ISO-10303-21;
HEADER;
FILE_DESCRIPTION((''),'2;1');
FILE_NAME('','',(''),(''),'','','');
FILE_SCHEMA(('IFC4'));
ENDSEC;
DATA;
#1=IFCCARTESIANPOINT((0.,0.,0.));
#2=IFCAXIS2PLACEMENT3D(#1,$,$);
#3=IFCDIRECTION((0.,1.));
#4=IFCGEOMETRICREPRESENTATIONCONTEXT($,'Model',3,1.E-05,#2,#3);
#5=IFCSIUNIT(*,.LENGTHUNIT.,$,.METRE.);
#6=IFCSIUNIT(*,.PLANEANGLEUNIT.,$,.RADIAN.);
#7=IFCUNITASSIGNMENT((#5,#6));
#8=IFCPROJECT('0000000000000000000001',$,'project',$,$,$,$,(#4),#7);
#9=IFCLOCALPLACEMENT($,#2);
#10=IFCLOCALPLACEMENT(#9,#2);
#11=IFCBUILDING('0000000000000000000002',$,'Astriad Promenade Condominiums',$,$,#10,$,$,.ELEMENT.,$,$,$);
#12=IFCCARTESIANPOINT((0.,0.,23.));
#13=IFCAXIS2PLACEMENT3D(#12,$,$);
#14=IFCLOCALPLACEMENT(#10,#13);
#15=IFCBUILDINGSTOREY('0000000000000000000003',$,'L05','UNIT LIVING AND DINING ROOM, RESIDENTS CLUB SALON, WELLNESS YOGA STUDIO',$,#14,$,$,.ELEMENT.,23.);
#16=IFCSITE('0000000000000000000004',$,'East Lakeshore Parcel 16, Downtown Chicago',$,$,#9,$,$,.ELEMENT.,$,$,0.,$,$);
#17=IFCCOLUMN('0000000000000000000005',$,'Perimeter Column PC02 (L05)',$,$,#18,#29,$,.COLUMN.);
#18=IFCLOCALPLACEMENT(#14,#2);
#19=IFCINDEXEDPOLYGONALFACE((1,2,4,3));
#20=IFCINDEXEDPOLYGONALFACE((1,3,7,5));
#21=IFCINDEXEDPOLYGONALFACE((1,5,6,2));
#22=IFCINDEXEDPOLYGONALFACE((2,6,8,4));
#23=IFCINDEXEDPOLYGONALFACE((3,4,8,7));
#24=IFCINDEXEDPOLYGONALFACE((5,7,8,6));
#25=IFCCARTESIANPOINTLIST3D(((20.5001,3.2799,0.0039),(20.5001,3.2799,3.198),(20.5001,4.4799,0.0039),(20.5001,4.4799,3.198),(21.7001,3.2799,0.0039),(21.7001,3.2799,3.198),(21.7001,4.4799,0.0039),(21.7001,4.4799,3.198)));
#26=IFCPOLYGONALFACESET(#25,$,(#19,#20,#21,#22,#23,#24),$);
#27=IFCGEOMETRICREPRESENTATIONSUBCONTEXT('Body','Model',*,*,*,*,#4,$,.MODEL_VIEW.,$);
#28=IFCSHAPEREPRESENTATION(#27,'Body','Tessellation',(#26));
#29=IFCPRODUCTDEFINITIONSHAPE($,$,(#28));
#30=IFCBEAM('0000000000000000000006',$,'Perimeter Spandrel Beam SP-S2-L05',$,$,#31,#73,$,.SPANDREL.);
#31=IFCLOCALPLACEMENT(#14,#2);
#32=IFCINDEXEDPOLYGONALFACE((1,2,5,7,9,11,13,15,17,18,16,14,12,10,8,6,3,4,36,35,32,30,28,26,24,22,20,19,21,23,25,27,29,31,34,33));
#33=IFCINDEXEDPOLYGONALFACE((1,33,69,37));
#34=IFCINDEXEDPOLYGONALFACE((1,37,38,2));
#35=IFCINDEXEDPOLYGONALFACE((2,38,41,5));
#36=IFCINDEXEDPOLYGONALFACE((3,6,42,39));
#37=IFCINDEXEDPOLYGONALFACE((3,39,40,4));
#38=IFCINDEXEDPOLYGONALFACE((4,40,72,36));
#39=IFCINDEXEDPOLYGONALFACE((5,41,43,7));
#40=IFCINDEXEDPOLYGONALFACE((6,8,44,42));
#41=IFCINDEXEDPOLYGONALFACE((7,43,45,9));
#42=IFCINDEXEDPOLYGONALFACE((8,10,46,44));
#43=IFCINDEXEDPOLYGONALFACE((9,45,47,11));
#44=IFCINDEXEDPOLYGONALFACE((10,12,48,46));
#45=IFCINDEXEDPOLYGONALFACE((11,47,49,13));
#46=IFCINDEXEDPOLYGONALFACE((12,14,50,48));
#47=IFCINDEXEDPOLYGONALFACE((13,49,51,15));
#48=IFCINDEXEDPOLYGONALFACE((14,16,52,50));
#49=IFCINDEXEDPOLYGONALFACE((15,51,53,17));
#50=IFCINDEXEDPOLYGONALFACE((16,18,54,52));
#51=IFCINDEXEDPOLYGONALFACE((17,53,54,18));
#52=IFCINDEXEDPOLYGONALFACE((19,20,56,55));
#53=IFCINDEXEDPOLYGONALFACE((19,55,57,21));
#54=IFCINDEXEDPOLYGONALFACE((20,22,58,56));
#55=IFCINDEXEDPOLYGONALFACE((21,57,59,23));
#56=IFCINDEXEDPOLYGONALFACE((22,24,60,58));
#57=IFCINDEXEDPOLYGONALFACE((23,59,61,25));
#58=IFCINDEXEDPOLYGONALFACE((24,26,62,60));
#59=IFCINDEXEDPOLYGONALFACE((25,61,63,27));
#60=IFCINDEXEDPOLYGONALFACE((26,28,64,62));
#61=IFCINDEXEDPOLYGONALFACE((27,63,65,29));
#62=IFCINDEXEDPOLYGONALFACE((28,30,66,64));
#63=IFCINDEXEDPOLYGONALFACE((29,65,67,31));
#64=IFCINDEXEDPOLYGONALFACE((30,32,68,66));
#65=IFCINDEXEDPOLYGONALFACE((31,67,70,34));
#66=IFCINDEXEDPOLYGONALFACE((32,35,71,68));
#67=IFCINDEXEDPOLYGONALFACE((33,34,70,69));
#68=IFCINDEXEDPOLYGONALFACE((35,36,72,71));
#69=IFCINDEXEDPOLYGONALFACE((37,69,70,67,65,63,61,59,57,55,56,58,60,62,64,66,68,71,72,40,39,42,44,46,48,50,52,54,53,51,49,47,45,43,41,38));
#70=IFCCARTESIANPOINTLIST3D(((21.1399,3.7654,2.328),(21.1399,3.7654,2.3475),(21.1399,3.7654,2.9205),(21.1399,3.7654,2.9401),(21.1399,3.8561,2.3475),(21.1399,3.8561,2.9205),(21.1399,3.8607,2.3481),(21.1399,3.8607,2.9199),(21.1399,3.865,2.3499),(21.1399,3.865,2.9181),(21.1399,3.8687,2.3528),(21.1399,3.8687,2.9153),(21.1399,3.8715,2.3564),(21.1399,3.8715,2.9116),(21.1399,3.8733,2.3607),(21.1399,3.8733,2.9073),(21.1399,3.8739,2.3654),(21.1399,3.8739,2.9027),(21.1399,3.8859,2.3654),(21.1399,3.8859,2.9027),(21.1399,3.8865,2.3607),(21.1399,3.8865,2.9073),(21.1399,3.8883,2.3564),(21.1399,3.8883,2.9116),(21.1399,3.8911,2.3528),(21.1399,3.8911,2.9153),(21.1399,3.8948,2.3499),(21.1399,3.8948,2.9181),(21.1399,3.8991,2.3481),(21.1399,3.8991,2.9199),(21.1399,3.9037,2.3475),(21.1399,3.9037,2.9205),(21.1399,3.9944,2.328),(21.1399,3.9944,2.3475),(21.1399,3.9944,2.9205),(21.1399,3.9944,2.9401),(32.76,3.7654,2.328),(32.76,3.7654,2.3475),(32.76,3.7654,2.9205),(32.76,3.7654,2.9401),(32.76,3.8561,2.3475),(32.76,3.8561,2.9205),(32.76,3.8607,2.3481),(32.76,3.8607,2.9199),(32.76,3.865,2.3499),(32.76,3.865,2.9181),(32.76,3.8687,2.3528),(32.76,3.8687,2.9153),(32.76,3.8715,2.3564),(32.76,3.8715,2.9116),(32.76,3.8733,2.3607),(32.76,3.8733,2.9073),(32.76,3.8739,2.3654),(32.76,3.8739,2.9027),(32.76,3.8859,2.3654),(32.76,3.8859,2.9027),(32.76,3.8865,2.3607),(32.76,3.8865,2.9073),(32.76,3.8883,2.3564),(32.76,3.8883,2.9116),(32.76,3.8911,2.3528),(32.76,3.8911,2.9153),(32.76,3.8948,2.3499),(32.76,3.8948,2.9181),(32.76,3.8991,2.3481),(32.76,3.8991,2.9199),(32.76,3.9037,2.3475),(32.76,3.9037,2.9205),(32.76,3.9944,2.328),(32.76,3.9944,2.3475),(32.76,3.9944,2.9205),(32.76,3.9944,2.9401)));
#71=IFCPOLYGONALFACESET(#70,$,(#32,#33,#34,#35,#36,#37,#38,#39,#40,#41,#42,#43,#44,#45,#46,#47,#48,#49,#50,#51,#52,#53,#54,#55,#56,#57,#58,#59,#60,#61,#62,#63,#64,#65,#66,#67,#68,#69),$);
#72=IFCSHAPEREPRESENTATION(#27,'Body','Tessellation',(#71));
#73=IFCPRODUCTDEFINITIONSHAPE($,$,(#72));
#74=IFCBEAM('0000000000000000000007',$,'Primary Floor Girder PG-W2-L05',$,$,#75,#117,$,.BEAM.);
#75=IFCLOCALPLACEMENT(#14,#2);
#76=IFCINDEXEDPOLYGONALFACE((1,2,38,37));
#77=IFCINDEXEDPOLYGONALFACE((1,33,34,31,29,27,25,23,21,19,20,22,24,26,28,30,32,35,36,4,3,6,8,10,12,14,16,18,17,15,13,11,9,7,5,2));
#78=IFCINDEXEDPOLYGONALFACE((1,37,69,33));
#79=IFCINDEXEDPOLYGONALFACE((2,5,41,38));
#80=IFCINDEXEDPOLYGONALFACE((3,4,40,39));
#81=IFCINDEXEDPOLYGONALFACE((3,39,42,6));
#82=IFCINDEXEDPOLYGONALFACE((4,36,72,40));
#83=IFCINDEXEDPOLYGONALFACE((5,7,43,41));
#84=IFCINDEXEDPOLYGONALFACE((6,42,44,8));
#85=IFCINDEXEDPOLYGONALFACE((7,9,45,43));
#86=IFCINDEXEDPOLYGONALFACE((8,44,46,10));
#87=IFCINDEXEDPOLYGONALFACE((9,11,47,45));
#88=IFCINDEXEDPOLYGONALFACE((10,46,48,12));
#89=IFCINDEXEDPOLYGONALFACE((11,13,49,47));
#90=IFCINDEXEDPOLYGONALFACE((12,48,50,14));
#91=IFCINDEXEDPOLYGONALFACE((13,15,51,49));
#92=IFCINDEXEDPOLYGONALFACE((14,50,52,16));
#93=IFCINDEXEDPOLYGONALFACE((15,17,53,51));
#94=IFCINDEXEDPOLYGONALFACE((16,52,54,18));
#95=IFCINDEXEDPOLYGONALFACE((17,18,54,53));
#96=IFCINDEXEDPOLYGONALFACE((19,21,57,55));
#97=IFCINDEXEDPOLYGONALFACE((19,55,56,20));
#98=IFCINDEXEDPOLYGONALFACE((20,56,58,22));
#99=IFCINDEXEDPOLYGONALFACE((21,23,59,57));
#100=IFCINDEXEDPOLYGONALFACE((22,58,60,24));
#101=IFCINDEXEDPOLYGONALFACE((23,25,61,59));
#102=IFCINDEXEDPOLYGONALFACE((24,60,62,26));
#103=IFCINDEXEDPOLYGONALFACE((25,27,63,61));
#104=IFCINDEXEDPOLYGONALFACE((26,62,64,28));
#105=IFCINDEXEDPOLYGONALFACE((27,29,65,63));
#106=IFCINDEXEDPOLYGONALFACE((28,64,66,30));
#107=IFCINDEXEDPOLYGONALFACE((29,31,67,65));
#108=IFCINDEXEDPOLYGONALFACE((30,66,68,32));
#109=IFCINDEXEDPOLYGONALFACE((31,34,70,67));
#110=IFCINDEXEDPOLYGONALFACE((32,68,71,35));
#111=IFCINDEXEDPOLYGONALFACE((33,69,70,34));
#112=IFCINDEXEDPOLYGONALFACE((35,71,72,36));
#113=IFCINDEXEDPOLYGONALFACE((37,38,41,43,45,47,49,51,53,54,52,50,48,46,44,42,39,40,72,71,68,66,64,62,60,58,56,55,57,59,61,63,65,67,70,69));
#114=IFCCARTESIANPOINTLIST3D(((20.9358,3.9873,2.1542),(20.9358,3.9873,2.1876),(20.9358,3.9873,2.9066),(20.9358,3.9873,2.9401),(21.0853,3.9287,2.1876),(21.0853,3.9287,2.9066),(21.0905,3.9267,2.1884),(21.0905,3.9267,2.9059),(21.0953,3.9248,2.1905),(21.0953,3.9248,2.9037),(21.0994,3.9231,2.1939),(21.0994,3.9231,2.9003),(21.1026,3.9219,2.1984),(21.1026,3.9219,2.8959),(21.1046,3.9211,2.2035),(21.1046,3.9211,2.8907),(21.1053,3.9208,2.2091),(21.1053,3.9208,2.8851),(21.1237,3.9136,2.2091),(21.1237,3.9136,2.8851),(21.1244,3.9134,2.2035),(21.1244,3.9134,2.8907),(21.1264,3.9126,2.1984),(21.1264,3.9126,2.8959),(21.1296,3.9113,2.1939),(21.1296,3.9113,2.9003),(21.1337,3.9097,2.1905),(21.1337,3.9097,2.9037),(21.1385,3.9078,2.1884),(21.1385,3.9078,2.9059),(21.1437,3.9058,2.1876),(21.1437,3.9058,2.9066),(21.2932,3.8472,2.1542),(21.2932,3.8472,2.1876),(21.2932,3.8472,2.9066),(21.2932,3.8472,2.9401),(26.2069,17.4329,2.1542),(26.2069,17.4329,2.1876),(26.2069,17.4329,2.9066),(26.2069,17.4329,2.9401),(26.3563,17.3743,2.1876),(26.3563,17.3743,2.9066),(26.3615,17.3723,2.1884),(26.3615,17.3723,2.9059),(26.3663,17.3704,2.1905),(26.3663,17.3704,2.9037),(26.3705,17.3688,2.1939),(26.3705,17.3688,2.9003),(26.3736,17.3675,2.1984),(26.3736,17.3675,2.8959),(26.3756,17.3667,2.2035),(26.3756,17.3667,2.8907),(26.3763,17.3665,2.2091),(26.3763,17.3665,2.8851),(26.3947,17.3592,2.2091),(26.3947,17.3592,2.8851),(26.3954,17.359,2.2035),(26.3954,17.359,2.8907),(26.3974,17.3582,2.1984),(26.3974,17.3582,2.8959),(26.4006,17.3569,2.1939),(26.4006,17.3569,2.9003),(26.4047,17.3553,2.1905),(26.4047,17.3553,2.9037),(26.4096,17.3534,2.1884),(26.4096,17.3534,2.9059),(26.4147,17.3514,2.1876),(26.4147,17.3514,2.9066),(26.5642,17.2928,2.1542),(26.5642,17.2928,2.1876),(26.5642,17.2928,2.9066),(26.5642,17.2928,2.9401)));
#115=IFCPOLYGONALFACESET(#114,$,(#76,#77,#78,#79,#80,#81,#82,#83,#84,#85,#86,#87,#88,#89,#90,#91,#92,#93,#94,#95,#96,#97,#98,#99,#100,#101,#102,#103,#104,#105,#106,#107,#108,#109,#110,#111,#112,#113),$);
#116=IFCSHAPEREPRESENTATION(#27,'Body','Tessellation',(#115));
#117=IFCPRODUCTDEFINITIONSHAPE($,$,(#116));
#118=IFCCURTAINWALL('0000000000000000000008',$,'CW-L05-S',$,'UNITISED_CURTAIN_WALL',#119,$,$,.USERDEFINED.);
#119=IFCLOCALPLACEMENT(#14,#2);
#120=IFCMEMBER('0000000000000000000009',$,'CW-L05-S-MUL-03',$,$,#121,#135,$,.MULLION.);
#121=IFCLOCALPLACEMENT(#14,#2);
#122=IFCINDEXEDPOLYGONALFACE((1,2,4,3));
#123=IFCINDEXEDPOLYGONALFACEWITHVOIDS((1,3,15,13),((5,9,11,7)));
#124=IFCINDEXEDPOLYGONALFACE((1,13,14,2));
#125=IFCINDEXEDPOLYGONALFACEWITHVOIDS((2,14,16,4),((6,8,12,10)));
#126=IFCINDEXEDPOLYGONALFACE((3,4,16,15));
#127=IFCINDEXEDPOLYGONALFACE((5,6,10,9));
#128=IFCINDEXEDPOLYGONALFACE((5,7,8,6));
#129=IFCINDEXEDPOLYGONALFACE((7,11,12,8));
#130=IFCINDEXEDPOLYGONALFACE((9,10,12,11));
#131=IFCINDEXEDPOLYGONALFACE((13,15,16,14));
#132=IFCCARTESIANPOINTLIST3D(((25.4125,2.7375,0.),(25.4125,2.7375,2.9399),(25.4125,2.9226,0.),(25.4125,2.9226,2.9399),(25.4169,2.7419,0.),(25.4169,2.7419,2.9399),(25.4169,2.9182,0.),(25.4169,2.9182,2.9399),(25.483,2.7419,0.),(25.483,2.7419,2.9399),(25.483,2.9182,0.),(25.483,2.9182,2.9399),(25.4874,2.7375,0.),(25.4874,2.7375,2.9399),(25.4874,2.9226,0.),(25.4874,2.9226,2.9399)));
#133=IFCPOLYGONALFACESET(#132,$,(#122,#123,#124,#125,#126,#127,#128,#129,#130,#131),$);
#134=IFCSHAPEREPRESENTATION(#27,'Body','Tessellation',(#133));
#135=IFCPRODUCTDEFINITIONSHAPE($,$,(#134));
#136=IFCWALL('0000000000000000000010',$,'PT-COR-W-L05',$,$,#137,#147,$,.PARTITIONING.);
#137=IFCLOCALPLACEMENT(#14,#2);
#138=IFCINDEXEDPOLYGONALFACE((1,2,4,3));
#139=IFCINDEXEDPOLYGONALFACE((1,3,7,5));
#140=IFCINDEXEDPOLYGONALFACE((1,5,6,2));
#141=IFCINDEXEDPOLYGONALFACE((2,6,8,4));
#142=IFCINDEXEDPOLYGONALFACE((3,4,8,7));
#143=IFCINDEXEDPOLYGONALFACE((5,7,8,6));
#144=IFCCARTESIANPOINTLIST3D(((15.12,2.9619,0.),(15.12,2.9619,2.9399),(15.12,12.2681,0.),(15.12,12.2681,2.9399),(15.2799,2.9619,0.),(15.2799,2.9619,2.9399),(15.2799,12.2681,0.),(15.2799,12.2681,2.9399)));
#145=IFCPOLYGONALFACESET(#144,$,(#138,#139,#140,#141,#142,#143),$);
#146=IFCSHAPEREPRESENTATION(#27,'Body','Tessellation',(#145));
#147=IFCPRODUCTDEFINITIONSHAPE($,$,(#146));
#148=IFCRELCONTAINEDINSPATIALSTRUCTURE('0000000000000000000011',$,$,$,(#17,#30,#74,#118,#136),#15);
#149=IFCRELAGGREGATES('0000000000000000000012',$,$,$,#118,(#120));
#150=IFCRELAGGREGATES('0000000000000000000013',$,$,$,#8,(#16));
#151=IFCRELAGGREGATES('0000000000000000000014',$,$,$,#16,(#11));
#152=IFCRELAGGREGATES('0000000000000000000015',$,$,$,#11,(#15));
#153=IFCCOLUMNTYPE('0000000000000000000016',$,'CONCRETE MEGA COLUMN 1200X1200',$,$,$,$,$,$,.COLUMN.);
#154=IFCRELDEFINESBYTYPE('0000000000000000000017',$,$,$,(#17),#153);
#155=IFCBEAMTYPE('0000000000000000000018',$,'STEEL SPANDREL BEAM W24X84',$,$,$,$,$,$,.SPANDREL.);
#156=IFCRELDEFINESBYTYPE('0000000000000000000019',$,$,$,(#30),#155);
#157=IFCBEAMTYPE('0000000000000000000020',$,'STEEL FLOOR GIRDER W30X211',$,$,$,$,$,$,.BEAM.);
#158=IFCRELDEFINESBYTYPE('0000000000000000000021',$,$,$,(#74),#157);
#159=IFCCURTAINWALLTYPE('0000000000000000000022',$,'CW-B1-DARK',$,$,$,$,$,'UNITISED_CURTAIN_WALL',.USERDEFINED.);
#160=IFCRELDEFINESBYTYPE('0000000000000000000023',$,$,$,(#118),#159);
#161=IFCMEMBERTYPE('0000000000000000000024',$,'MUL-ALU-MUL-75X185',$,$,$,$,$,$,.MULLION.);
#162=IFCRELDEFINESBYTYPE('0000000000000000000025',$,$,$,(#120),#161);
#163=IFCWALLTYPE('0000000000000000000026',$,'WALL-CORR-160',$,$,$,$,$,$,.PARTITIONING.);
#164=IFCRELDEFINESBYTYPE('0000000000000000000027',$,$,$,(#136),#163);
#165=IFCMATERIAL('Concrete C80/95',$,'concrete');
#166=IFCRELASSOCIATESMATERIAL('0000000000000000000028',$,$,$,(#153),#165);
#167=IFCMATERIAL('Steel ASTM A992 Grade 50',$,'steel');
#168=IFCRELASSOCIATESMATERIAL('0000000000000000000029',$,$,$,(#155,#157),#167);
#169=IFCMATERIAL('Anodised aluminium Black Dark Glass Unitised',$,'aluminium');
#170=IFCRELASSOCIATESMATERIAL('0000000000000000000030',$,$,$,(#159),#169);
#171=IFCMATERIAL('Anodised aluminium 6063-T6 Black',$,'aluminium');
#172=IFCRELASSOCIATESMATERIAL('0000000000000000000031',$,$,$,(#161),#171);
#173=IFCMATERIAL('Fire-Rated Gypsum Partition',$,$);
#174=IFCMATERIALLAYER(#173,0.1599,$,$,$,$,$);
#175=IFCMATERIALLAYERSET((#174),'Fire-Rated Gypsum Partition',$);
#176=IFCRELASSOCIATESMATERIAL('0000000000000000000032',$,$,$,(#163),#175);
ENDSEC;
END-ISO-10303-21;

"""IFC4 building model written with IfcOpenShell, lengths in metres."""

from ifc_helpers import new_model, si_unit, direction, frame, frame_2d, origin, origin_2d, place, context, subcontext, project, spatial, rectangle, hollow_rectangle, i_section, extrude, source, transform, mapped, material, layer, layer_set, material_profile, profile_set, type_object, type_shapes, element, aggregate, save


model = new_model("IFC4")

# Units and contexts
model_context = context("Model", 3, precision=1e-05, world=origin(), true_north=direction((0.0, 1.0)))
body_context = subcontext(model_context, "Body", "Model", "MODEL_VIEW")
ifc_project = project(units=[si_unit("LENGTHUNIT", "METRE"), si_unit("PLANEANGLEUNIT", "RADIAN")], contexts=[model_context])

# Site, building, storey
site_placement = place(None, origin())
site = spatial("IfcSite", under=ifc_project, at=site_placement, Name="East Lakeshore Parcel 16, Downtown Chicago", CompositionType="ELEMENT", RefElevation=0.0)
building_placement = place(site_placement, origin())
building = spatial("IfcBuilding", under=site, at=building_placement, Name="Astriad Promenade Condominiums", CompositionType="ELEMENT")
storey_placement = place(building_placement, frame((0.0, 0.0, 23.0)))
storey = spatial("IfcBuildingStorey", under=building, at=storey_placement, Name="L05", Description="UNIT LIVING AND DINING ROOM, RESIDENTS CLUB SALON, WELLNESS YOGA STUDIO", CompositionType="ELEMENT", Elevation=23.0)

# Column
ifc_material_1 = material(Name="Concrete C80/95", Category="concrete")
ifc_material_profile_1 = material_profile(ifc_material_1, rectangle(XDim=1.2, YDim=1.2, at=origin_2d()), Name="RC-COL-1200X1200")
ifc_profile_set_1 = profile_set([ifc_material_profile_1], Name="Concrete C80/95")
column_type = type_object("IfcColumnType", Name="CONCRETE MEGA COLUMN 1200X1200", PredefinedType="COLUMN", material=ifc_profile_set_1)
shared_shape_1 = source(origin(), body_context, "Body", "SweptSolid", [
    extrude(rectangle(XDim=1.2, YDim=1.2, at=origin_2d()), origin(), (0.0, 0.0, 1.0), 3.1941),
])
type_shapes(column_type, [shared_shape_1])
column_placement = place(storey_placement, frame((21.1001, 3.8799, 0.0039), z_axis=(0.0, 0.0, 1.0), x_axis=(1.0, 0.0, 0.0)))
element("IfcColumn", 1, at=column_placement, inside=storey, type_object=column_type, Name="Perimeter Column PC02 (L05)", PredefinedType="COLUMN", context=body_context, shape_type="MappedRepresentation", body=[
    mapped(shared_shape_1, transform((0.0, 0.0, 0.0), scale=1.0)),
])

# Beams
ifc_material_2 = material(Name="Steel ASTM A992 Grade 50", Category="steel")
ifc_material_profile_2 = material_profile(ifc_material_2, i_section(OverallWidth=0.229, OverallDepth=0.6121, WebThickness=0.012, FlangeThickness=0.0195, FilletRadius=0.0178, at=origin_2d()), Name="W24X84")
ifc_profile_set_2 = profile_set([ifc_material_profile_2], Name="Steel ASTM A992 Grade 50")
beam_type_1 = type_object("IfcBeamType", Name="STEEL SPANDREL BEAM W24X84", PredefinedType="SPANDREL", material=ifc_profile_set_2)
shared_shape_2 = source(origin(), body_context, "Body", "SweptSolid", [
    extrude(i_section(OverallWidth=0.229, OverallDepth=0.6121, WebThickness=0.012, FlangeThickness=0.0195, FilletRadius=0.0178, at=origin_2d()), origin(), (0.0, 0.0, 1.0), 11.6201),
])
type_shapes(beam_type_1, [shared_shape_2])
beam_1_placement = place(storey_placement, frame((21.1399, 3.8799, 2.634), z_axis=(1.0, 0.0, 0.0), x_axis=(0.0, 1.0, 0.0)))
element("IfcBeam", 2, at=beam_1_placement, inside=storey, type_object=beam_type_1, Name="Perimeter Spandrel Beam SP-S2-L05", PredefinedType="SPANDREL", context=body_context, shape_type="MappedRepresentation", body=[
    mapped(shared_shape_2, transform((0.0, 0.0, 0.0), scale=1.0)),
])
ifc_material_profile_3 = material_profile(ifc_material_2, i_section(OverallWidth=0.3838, OverallDepth=0.7859, WebThickness=0.0198, FlangeThickness=0.0334, FilletRadius=0.0215, at=origin_2d()), Name="W30X211")
ifc_profile_set_3 = profile_set([ifc_material_profile_3], Name="Steel ASTM A992 Grade 50")
beam_type_2 = type_object("IfcBeamType", Name="STEEL FLOOR GIRDER W30X211", PredefinedType="BEAM", material=ifc_profile_set_3)
shared_shape_3 = source(origin(), body_context, "Body", "SweptSolid", [
    extrude(i_section(OverallWidth=0.3838, OverallDepth=0.7859, WebThickness=0.0198, FlangeThickness=0.0334, FilletRadius=0.0215, at=origin_2d()), origin(), (0.0, 0.0, 1.0), 14.4419),
])
type_shapes(beam_type_2, [shared_shape_3])
beam_2_placement = place(storey_placement, frame((21.1145, 3.9172, 2.5471), z_axis=(0.364981, 0.931015, 0.0), x_axis=(-0.931015, 0.364981, 0.0)))
element("IfcBeam", 3, at=beam_2_placement, inside=storey, type_object=beam_type_2, Name="Primary Floor Girder PG-W2-L05", PredefinedType="BEAM", context=body_context, shape_type="MappedRepresentation", body=[
    mapped(shared_shape_3, transform((0.0, 0.0, 0.0), scale=1.0)),
])

# Curtain wall, member
ifc_material_3 = material(Name="Anodised aluminium Black Dark Glass Unitised", Category="aluminium")
curtain_wall_type = type_object("IfcCurtainWallType", Name="CW-B1-DARK", ElementType="UNITISED_CURTAIN_WALL", PredefinedType="USERDEFINED", material=ifc_material_3)
curtain_wall_placement = place(storey_placement, origin())
curtain_wall = element("IfcCurtainWall", 4, at=curtain_wall_placement, inside=storey, type_object=curtain_wall_type, Name="CW-L05-S", ObjectType="UNITISED_CURTAIN_WALL", PredefinedType="USERDEFINED")
ifc_material_4 = material(Name="Anodised aluminium 6063-T6 Black", Category="aluminium")
ifc_material_profile_4 = material_profile(ifc_material_4, hollow_rectangle(XDim=0.075, YDim=0.1851, WallThickness=0.0044, at=origin_2d()), Name="ALU-MUL-75X185")
ifc_profile_set_4 = profile_set([ifc_material_profile_4], Name="Anodised aluminium 6063-T6 Black")
member_type = type_object("IfcMemberType", Name="MUL-ALU-MUL-75X185", PredefinedType="MULLION", material=ifc_profile_set_4)
shared_shape_4 = source(origin(), body_context, "Body", "SweptSolid", [
    extrude(hollow_rectangle(XDim=0.075, YDim=0.1851, WallThickness=0.0044, at=origin_2d()), origin(), (0.0, 0.0, 1.0), 2.9399),
])
type_shapes(member_type, [shared_shape_4])
member_placement = place(storey_placement, frame((25.45, 2.8301, 0.0), z_axis=(0.0, 0.0, 1.0), x_axis=(1.0, 0.0, 0.0)))
member = element("IfcMember", 5, at=member_placement, type_object=member_type, Name="CW-L05-S-MUL-03", PredefinedType="MULLION", context=body_context, shape_type="MappedRepresentation", body=[
    mapped(shared_shape_4, transform((0.0, 0.0, 0.0), scale=1.0)),
])
aggregate(curtain_wall, [member])

# Wall
ifc_material_5 = material(Name="Fire-Rated Gypsum Partition")
ifc_layer_1 = layer(ifc_material_5, 0.1599)
ifc_layer_set_1 = layer_set([ifc_layer_1], Name="Fire-Rated Gypsum Partition")
wall_type_1 = type_object("IfcWallType", Name="WALL-CORR-160", PredefinedType="PARTITIONING", material=ifc_layer_set_1)
wall_1_placement = place(storey_placement, frame((15.2, 2.9619, 0.0), z_axis=(0.0, 0.0, 1.0), x_axis=(0.0, 1.0, 0.0)))
element("IfcWall", 6, at=wall_1_placement, inside=storey, type_object=wall_type_1, Name="PT-COR-W-L05", PredefinedType="PARTITIONING", context=body_context, shape_type="SweptSolid", body=[
    extrude(rectangle(XDim=9.3062, YDim=0.1599, at=frame_2d((4.6531, 0.0))), origin(), (0.0, 0.0, 1.0), 2.9399),
])

save(model, "model.ifc")
